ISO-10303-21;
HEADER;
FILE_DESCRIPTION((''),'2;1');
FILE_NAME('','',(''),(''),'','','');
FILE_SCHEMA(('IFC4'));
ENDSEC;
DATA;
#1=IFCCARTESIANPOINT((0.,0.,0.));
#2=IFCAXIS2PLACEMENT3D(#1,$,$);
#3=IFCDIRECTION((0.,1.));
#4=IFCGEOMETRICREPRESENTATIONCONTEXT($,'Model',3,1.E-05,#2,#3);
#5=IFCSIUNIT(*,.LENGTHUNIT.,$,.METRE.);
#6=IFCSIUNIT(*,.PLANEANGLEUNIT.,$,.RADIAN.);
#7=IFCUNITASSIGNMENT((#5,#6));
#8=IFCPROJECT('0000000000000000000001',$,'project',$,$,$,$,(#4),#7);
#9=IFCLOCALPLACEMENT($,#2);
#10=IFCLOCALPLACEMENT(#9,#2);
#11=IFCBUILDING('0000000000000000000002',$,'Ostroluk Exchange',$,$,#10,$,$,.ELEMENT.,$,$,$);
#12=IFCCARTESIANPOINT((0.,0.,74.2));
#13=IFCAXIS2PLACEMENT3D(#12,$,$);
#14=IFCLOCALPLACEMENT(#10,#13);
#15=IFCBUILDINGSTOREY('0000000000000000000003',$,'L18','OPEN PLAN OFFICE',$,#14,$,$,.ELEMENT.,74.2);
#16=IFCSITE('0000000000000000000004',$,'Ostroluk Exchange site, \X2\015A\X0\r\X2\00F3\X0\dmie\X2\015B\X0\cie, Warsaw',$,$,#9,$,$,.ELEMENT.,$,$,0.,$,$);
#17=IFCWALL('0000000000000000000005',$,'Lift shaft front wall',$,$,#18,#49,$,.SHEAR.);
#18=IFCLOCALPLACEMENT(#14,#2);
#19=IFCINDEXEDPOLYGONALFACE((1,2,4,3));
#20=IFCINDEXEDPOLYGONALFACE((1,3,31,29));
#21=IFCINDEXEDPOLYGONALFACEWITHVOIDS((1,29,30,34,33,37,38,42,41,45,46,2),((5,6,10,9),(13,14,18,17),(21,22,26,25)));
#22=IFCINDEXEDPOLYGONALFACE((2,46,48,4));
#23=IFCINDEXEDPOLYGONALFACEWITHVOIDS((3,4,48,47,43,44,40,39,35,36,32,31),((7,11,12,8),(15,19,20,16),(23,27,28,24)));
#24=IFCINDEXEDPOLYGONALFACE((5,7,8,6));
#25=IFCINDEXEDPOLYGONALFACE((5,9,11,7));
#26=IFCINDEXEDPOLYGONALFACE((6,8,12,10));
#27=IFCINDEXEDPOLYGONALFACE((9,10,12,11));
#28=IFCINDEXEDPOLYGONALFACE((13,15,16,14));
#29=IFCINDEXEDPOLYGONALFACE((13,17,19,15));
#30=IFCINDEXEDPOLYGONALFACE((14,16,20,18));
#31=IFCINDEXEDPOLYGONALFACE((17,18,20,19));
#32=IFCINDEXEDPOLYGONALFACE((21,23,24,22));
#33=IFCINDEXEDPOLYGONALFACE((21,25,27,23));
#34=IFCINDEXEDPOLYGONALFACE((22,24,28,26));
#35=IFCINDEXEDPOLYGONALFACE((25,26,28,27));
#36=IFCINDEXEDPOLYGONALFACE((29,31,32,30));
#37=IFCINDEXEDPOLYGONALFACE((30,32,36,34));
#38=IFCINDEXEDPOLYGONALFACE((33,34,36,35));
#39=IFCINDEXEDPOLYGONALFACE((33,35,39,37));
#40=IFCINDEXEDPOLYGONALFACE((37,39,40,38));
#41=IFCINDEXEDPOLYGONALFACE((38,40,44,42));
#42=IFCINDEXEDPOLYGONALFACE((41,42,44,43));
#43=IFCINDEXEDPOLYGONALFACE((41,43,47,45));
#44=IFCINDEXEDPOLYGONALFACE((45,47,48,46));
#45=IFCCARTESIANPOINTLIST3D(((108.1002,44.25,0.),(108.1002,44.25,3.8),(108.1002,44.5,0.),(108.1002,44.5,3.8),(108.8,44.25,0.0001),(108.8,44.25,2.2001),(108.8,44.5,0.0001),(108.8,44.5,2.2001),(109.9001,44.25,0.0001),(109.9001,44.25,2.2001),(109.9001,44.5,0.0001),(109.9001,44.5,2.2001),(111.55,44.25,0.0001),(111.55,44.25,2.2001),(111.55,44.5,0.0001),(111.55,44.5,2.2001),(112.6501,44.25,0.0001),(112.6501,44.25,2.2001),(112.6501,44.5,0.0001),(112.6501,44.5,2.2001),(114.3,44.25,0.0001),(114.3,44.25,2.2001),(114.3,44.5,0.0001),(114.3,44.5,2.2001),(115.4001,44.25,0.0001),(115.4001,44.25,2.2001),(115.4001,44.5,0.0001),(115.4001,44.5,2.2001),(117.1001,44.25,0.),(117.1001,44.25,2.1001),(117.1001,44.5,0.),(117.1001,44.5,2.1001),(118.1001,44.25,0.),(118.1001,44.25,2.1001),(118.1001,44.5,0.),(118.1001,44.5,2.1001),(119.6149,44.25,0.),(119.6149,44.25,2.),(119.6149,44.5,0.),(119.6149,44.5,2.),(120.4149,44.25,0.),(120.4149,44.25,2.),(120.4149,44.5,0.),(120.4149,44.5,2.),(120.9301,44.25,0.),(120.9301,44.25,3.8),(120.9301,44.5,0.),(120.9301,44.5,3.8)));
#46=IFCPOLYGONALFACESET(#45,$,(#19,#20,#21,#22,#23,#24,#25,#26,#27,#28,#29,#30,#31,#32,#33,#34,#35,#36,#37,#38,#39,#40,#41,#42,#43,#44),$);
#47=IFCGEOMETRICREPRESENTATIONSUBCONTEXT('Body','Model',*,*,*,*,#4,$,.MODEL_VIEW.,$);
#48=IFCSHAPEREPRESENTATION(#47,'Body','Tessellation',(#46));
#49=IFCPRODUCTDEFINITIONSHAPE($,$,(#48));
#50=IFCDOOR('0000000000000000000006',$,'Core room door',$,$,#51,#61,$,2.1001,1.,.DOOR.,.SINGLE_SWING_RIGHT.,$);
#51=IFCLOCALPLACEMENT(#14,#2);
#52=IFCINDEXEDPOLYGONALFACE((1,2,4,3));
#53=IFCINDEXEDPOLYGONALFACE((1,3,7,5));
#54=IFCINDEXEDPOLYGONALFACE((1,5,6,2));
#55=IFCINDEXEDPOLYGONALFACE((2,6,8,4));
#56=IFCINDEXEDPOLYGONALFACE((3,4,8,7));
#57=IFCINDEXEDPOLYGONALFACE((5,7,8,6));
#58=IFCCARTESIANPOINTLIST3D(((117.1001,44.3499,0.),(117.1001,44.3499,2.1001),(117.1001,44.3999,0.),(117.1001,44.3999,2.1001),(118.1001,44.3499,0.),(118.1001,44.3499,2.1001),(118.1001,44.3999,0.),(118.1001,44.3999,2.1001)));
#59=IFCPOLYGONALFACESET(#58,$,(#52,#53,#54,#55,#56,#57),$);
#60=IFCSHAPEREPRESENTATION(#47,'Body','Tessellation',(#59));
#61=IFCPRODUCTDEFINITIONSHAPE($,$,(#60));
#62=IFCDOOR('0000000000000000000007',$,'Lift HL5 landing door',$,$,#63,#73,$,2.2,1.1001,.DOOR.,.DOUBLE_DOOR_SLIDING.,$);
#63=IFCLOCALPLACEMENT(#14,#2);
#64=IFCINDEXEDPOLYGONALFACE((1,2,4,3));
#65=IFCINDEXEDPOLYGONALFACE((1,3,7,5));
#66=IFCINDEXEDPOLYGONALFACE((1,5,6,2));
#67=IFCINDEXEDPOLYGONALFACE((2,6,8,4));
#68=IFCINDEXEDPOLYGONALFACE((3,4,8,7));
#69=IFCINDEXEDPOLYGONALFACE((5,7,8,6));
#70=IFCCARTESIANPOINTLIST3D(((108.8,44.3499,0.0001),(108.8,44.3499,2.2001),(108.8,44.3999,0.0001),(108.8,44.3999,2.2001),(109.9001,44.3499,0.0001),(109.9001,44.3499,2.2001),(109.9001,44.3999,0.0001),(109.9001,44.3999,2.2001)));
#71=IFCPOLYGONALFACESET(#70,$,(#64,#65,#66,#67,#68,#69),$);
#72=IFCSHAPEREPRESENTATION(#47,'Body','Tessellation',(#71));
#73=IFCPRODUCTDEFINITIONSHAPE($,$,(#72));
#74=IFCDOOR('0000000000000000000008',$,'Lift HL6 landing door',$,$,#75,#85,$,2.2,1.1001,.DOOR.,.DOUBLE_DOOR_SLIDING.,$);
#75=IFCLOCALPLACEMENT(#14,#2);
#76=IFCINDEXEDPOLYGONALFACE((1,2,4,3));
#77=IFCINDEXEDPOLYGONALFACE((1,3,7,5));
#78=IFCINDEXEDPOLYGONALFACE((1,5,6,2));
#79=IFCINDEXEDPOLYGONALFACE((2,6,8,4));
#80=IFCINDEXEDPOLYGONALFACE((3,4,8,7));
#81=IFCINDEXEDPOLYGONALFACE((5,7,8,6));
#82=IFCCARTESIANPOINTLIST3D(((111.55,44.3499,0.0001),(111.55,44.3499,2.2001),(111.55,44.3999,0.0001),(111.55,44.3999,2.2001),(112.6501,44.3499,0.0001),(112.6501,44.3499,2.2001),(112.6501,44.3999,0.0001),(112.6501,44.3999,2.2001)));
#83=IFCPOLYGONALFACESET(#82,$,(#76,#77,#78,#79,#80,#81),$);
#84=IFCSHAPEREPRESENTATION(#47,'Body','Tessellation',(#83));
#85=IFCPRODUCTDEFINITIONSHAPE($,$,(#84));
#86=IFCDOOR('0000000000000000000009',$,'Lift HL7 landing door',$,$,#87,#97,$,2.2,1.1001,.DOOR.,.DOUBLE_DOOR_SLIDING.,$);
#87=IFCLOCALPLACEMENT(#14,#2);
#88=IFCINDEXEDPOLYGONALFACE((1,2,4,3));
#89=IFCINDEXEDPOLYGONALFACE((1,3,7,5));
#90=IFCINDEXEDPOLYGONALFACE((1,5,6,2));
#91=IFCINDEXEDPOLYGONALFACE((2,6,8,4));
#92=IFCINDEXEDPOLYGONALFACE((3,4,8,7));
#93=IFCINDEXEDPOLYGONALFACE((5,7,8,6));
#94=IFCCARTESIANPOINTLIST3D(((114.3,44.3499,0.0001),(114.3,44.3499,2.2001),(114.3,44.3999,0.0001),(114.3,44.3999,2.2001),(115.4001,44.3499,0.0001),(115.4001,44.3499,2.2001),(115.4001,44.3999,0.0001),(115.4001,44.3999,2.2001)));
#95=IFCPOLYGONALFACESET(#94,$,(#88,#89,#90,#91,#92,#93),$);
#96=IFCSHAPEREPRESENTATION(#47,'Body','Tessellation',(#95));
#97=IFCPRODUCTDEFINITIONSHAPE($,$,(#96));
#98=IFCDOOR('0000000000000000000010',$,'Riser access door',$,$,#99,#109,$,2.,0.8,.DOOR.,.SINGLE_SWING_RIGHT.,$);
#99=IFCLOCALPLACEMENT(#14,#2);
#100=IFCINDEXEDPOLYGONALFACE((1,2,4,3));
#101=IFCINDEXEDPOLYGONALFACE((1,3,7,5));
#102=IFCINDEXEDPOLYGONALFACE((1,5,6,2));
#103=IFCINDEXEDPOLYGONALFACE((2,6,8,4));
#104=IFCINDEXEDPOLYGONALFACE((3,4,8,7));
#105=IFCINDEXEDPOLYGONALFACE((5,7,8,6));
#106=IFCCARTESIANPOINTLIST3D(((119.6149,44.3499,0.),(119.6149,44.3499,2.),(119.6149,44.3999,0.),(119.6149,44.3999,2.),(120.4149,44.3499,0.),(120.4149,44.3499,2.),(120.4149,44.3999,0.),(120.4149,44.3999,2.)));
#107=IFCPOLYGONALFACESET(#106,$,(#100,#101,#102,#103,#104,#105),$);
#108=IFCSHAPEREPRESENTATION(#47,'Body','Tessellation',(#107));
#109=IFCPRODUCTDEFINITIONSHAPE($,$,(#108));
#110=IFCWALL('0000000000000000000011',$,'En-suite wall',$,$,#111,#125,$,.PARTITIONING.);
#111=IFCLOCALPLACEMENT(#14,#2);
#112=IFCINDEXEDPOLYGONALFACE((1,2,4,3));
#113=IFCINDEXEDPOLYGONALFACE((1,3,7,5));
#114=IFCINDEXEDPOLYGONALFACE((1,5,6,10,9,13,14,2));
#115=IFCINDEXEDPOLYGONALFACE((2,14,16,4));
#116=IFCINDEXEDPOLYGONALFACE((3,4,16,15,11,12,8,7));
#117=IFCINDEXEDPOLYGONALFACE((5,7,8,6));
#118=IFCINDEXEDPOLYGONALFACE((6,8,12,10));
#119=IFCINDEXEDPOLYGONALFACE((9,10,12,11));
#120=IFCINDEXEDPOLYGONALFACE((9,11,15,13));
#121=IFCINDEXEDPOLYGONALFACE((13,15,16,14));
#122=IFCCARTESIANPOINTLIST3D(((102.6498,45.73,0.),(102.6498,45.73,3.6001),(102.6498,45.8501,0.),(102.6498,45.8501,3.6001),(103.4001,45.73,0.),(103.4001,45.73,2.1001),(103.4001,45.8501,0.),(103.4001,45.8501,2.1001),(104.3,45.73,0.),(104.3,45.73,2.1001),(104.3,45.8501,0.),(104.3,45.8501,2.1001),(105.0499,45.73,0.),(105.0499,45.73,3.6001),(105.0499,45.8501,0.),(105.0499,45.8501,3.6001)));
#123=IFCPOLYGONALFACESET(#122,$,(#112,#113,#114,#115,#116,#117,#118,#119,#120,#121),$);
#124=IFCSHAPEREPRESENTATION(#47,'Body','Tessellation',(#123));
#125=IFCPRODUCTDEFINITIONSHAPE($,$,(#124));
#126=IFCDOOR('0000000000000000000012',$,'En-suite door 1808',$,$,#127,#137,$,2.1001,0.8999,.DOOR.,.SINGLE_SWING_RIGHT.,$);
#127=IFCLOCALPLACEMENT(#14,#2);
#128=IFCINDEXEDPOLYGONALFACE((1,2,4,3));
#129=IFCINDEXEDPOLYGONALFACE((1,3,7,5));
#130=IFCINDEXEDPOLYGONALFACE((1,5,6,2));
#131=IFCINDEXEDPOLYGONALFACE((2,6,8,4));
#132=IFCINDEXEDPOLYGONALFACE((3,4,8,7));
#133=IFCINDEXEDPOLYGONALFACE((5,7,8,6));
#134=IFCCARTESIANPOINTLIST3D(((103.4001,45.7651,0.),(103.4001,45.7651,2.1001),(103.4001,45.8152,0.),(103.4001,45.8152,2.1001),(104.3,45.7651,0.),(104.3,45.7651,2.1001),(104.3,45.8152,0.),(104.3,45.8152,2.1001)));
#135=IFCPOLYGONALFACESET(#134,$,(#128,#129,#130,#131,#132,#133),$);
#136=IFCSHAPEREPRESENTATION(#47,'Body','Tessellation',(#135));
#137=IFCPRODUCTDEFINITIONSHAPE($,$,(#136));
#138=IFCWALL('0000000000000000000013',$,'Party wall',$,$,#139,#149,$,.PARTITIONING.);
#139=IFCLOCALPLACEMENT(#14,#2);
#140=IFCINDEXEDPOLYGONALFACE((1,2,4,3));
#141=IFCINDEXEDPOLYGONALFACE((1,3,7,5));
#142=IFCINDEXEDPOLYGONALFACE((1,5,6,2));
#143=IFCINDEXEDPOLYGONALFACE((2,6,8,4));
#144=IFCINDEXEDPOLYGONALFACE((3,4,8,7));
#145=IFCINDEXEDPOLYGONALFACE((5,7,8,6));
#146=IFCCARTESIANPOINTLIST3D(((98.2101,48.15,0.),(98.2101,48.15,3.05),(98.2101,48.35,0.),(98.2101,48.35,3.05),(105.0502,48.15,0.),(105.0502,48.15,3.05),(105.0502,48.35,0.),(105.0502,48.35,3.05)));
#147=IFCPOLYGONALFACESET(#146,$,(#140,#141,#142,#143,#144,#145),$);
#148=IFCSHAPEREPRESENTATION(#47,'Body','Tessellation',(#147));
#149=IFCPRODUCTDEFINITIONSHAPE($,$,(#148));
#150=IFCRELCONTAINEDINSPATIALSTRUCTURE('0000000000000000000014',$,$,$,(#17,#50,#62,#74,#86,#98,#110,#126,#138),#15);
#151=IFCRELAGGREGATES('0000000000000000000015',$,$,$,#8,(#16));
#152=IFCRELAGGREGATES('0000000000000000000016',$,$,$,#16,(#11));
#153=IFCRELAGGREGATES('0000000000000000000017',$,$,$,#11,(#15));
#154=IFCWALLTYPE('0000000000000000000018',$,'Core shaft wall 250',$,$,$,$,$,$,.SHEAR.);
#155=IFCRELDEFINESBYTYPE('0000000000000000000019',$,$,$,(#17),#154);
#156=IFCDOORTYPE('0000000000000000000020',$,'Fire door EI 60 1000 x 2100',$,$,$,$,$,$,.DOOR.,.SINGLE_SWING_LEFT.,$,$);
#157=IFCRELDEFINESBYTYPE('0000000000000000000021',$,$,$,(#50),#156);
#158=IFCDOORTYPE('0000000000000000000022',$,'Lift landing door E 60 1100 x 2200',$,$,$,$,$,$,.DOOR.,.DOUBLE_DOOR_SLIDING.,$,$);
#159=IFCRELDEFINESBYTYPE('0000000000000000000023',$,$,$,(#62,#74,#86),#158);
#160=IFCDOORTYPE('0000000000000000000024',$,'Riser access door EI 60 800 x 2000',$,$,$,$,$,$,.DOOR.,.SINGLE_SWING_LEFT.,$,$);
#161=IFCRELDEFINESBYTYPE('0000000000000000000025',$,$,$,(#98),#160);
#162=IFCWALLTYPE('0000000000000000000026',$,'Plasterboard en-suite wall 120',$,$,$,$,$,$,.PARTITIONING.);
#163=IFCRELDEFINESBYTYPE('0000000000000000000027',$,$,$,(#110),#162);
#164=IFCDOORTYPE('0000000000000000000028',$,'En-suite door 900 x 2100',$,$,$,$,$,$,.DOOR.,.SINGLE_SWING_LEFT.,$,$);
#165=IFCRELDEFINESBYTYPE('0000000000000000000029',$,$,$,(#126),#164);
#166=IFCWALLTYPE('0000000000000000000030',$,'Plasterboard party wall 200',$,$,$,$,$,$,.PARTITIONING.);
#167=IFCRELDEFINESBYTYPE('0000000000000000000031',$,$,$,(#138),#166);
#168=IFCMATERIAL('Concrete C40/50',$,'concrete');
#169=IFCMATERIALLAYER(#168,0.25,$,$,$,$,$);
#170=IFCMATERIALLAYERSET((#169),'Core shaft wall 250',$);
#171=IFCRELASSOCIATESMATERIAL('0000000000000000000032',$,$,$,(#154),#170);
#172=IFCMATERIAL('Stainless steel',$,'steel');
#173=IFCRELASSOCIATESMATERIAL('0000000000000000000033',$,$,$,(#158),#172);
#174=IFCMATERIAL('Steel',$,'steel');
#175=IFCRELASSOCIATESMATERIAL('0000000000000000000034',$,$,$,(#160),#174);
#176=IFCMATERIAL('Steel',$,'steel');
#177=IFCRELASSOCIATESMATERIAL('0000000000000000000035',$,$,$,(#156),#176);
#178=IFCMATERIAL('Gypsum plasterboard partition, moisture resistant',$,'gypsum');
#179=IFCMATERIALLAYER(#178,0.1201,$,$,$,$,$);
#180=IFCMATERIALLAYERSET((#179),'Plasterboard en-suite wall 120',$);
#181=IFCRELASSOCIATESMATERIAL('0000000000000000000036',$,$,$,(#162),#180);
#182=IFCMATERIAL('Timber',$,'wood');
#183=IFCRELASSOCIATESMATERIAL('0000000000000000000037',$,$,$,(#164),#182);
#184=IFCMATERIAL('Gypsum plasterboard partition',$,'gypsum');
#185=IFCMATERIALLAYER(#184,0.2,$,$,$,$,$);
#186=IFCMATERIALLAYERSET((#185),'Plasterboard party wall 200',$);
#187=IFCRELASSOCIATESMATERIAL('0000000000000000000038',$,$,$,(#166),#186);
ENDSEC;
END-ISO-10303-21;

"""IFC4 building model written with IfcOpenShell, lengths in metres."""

from ifc_helpers import new_model, si_unit, direction, frame, frame_2d, origin, place, context, subcontext, project, spatial, rectangle, extrude, material, layer, layer_set, type_object, element, fill, save


model = new_model("IFC4")

# Units and contexts
model_context = context("Model", 3, precision=1e-05, world=origin(), true_north=direction((0.0, 1.0)))
body_context = subcontext(model_context, "Body", "Model", "MODEL_VIEW")
ifc_project = project(units=[si_unit("LENGTHUNIT", "METRE"), si_unit("PLANEANGLEUNIT", "RADIAN")], contexts=[model_context])

# Site, building, storey
site_placement = place(None, origin())
site = spatial("IfcSite", under=ifc_project, at=site_placement, Name="Ostroluk Exchange site, Śródmieście, Warsaw", CompositionType="ELEMENT", RefElevation=0.0)
building_placement = place(site_placement, origin())
building = spatial("IfcBuilding", under=site, at=building_placement, Name="Ostroluk Exchange", CompositionType="ELEMENT")
storey_placement = place(building_placement, frame((0.0, 0.0, 74.2)))
storey = spatial("IfcBuildingStorey", under=building, at=storey_placement, Name="L18", Description="OPEN PLAN OFFICE", CompositionType="ELEMENT", Elevation=74.2)

# Shared definitions
ifc_material_1 = material(Name="Concrete C40/50", Category="concrete")
ifc_layer_1 = layer(ifc_material_1, 0.25)
ifc_layer_set_1 = layer_set([ifc_layer_1], Name="Core shaft wall 250")
wall_type_1 = type_object("IfcWallType", Name="Core shaft wall 250", PredefinedType="SHEAR", material=ifc_layer_set_1)

# Wall, openings, doors
ifc_material_2 = material(Name="Stainless steel", Category="steel")
door_type_1 = type_object("IfcDoorType", Name="Lift landing door E 60 1100 x 2200", OperationType="DOUBLE_DOOR_SLIDING", PredefinedType="DOOR", material=ifc_material_2)
ifc_material_3 = material(Name="Steel", Category="steel")
door_type_2 = type_object("IfcDoorType", Name="Riser access door EI 60 800 x 2000", OperationType="SINGLE_SWING_LEFT", PredefinedType="DOOR", material=ifc_material_3)
wall_1_placement = place(storey_placement, frame((108.1001, 44.375, 0.0), z_axis=(0.0, 0.0, 1.0), x_axis=(1.0, 0.0, 0.0)))
wall_1 = element("IfcWall", 1, at=wall_1_placement, inside=storey, type_object=wall_type_1, Name="Lift shaft front wall", PredefinedType="SHEAR", context=body_context, shape_type="SweptSolid", body=[
    extrude(rectangle(XDim=12.8298, YDim=0.25, at=frame_2d((6.415, 0.0))), origin(), (0.0, 0.0, 1.0), 3.8),
])
opening_1_placement = place(wall_1_placement, frame((0.7, 0.0, 0.0)))
opening_1 = element("IfcOpeningElement", 2, at=opening_1_placement, cuts=wall_1, PredefinedType="OPENING", context=body_context, shape_type="SweptSolid", body=[
    extrude(rectangle(XDim=1.1001, YDim=2.2, at=frame_2d((0.55, 1.1001))), frame((0.0, 0.135, 0.0), z_axis=(0.0, -1.0, 0.0), x_axis=(1.0, 0.0, 0.0)), (0.0, 0.0, 1.0), 0.27),
])
opening_2_placement = place(wall_1_placement, frame((3.45, 0.0, 0.0)))
opening_2 = element("IfcOpeningElement", 3, at=opening_2_placement, cuts=wall_1, PredefinedType="OPENING", context=body_context, shape_type="SweptSolid", body=[
    extrude(rectangle(XDim=1.1001, YDim=2.2, at=frame_2d((0.55, 1.1001))), frame((0.0, 0.135, 0.0), z_axis=(0.0, -1.0, 0.0), x_axis=(1.0, 0.0, 0.0)), (0.0, 0.0, 1.0), 0.27),
])
opening_3_placement = place(wall_1_placement, frame((6.2, 0.0, 0.0)))
opening_3 = element("IfcOpeningElement", 4, at=opening_3_placement, cuts=wall_1, PredefinedType="OPENING", context=body_context, shape_type="SweptSolid", body=[
    extrude(rectangle(XDim=1.1001, YDim=2.2, at=frame_2d((0.55, 1.1001))), frame((0.0, 0.135, 0.0), z_axis=(0.0, -1.0, 0.0), x_axis=(1.0, 0.0, 0.0)), (0.0, 0.0, 1.0), 0.27),
])
opening_4_placement = place(wall_1_placement, frame((9.0, 0.0, 0.0)))
opening_4 = element("IfcOpeningElement", 5, at=opening_4_placement, cuts=wall_1, PredefinedType="OPENING", context=body_context, shape_type="SweptSolid", body=[
    extrude(rectangle(XDim=1.0, YDim=2.1001, at=frame_2d((0.5, 1.05))), frame((0.0, 0.135, 0.0), z_axis=(0.0, -1.0, 0.0), x_axis=(1.0, 0.0, 0.0)), (0.0, 0.0, 1.0), 0.27),
])
opening_5_placement = place(wall_1_placement, frame((11.5149, 0.0, 0.0)))
opening_5 = element("IfcOpeningElement", 6, at=opening_5_placement, cuts=wall_1, PredefinedType="OPENING", context=body_context, shape_type="SweptSolid", body=[
    extrude(rectangle(XDim=0.8, YDim=2.0, at=frame_2d((0.3999, 1.0))), frame((0.0, 0.135, 0.0), z_axis=(0.0, -1.0, 0.0), x_axis=(1.0, 0.0, 0.0)), (0.0, 0.0, 1.0), 0.27),
])
ifc_material_4 = material(Name="Steel", Category="steel")
door_type_3 = type_object("IfcDoorType", Name="Fire door EI 60 1000 x 2100", OperationType="SINGLE_SWING_LEFT", PredefinedType="DOOR", material=ifc_material_4)
door_1_placement = place(opening_4_placement, origin())
door_1 = element("IfcDoor", 7, at=door_1_placement, inside=storey, type_object=door_type_3, Name="Core room door", OperationType="SINGLE_SWING_RIGHT", OverallHeight=2.1001, OverallWidth=1.0, PredefinedType="DOOR", context=body_context, shape_type="SweptSolid", body=[
    extrude(rectangle(XDim=1.0, YDim=2.1001, at=frame_2d((0.5, 1.05))), frame((0.0, 0.0249, 0.0), z_axis=(0.0, -1.0, 0.0), x_axis=(1.0, 0.0, 0.0)), (0.0, 0.0, 1.0), 0.05),
])
fill(opening_4, door_1)
door_2_placement = place(opening_1_placement, origin())
door_2 = element("IfcDoor", 8, at=door_2_placement, inside=storey, type_object=door_type_1, Name="Lift HL5 landing door", OperationType="DOUBLE_DOOR_SLIDING", OverallHeight=2.2, OverallWidth=1.1001, PredefinedType="DOOR", context=body_context, shape_type="SweptSolid", body=[
    extrude(rectangle(XDim=1.1001, YDim=2.2, at=frame_2d((0.55, 1.1001))), frame((0.0, 0.0249, 0.0), z_axis=(0.0, -1.0, 0.0), x_axis=(1.0, 0.0, 0.0)), (0.0, 0.0, 1.0), 0.05),
])
fill(opening_1, door_2)
door_3_placement = place(opening_2_placement, origin())
door_3 = element("IfcDoor", 9, at=door_3_placement, inside=storey, type_object=door_type_1, Name="Lift HL6 landing door", OperationType="DOUBLE_DOOR_SLIDING", OverallHeight=2.2, OverallWidth=1.1001, PredefinedType="DOOR", context=body_context, shape_type="SweptSolid", body=[
    extrude(rectangle(XDim=1.1001, YDim=2.2, at=frame_2d((0.55, 1.1001))), frame((0.0, 0.0249, 0.0), z_axis=(0.0, -1.0, 0.0), x_axis=(1.0, 0.0, 0.0)), (0.0, 0.0, 1.0), 0.05),
])
fill(opening_2, door_3)
door_4_placement = place(opening_3_placement, origin())
door_4 = element("IfcDoor", 10, at=door_4_placement, inside=storey, type_object=door_type_1, Name="Lift HL7 landing door", OperationType="DOUBLE_DOOR_SLIDING", OverallHeight=2.2, OverallWidth=1.1001, PredefinedType="DOOR", context=body_context, shape_type="SweptSolid", body=[
    extrude(rectangle(XDim=1.1001, YDim=2.2, at=frame_2d((0.55, 1.1001))), frame((0.0, 0.0249, 0.0), z_axis=(0.0, -1.0, 0.0), x_axis=(1.0, 0.0, 0.0)), (0.0, 0.0, 1.0), 0.05),
])
fill(opening_3, door_4)
door_5_placement = place(opening_5_placement, origin())
door_5 = element("IfcDoor", 11, at=door_5_placement, inside=storey, type_object=door_type_2, Name="Riser access door", OperationType="SINGLE_SWING_RIGHT", OverallHeight=2.0, OverallWidth=0.8, PredefinedType="DOOR", context=body_context, shape_type="SweptSolid", body=[
    extrude(rectangle(XDim=0.8, YDim=2.0, at=frame_2d((0.3999, 1.0))), frame((0.0, 0.0249, 0.0), z_axis=(0.0, -1.0, 0.0), x_axis=(1.0, 0.0, 0.0)), (0.0, 0.0, 1.0), 0.05),
])
fill(opening_5, door_5)

# Wall, opening, door
ifc_material_5 = material(Name="Gypsum plasterboard partition, moisture resistant", Category="gypsum")
ifc_layer_2 = layer(ifc_material_5, 0.1201)
ifc_layer_set_2 = layer_set([ifc_layer_2], Name="Plasterboard en-suite wall 120")
wall_type_2 = type_object("IfcWallType", Name="Plasterboard en-suite wall 120", PredefinedType="PARTITIONING", material=ifc_layer_set_2)
wall_2_placement = place(storey_placement, frame((105.05, 45.79, 0.0), z_axis=(0.0, 0.0, 1.0), x_axis=(-1.0, 0.0, 0.0)))
wall_2 = element("IfcWall", 12, at=wall_2_placement, inside=storey, type_object=wall_type_2, Name="En-suite wall", PredefinedType="PARTITIONING", context=body_context, shape_type="SweptSolid", body=[
    extrude(rectangle(XDim=2.4001, YDim=0.1201, at=frame_2d((1.2002, 0.0))), origin(), (0.0, 0.0, 1.0), 3.6001),
])
opening_6_placement = place(wall_2_placement, frame((0.75, 0.0, 0.0)))
opening_6 = element("IfcOpeningElement", 13, at=opening_6_placement, cuts=wall_2, PredefinedType="OPENING", context=body_context, shape_type="SweptSolid", body=[
    extrude(rectangle(XDim=0.8999, YDim=2.1001, at=frame_2d((0.45, 1.05))), frame((0.0, 0.0701, 0.0), z_axis=(0.0, -1.0, 0.0), x_axis=(1.0, 0.0, 0.0)), (0.0, 0.0, 1.0), 0.1401),
])
ifc_material_6 = material(Name="Timber", Category="wood")
door_type_4 = type_object("IfcDoorType", Name="En-suite door 900 x 2100", OperationType="SINGLE_SWING_LEFT", PredefinedType="DOOR", material=ifc_material_6)
door_6_placement = place(opening_6_placement, origin())
door_6 = element("IfcDoor", 14, at=door_6_placement, inside=storey, type_object=door_type_4, Name="En-suite door 1808", OperationType="SINGLE_SWING_RIGHT", OverallHeight=2.1001, OverallWidth=0.8999, PredefinedType="DOOR", context=body_context, shape_type="SweptSolid", body=[
    extrude(rectangle(XDim=0.8999, YDim=2.1001, at=frame_2d((0.45, 1.05))), frame((0.0, 0.0249, 0.0), z_axis=(0.0, -1.0, 0.0), x_axis=(1.0, 0.0, 0.0)), (0.0, 0.0, 1.0), 0.05),
])
fill(opening_6, door_6)

# Wall
ifc_material_7 = material(Name="Gypsum plasterboard partition", Category="gypsum")
ifc_layer_3 = layer(ifc_material_7, 0.2)
ifc_layer_set_3 = layer_set([ifc_layer_3], Name="Plasterboard party wall 200")
wall_type_3 = type_object("IfcWallType", Name="Plasterboard party wall 200", PredefinedType="PARTITIONING", material=ifc_layer_set_3)
wall_3_placement = place(storey_placement, frame((105.05, 48.25, 0.0), z_axis=(0.0, 0.0, 1.0), x_axis=(-1.0, 0.0, 0.0)))
element("IfcWall", 15, at=wall_3_placement, inside=storey, type_object=wall_type_3, Name="Party wall", PredefinedType="PARTITIONING", context=body_context, shape_type="SweptSolid", body=[
    extrude(rectangle(XDim=6.8401, YDim=0.2, at=frame_2d((3.4199, 0.0))), origin(), (0.0, 0.0, 1.0), 3.05),
])

save(model, "model.ifc")
